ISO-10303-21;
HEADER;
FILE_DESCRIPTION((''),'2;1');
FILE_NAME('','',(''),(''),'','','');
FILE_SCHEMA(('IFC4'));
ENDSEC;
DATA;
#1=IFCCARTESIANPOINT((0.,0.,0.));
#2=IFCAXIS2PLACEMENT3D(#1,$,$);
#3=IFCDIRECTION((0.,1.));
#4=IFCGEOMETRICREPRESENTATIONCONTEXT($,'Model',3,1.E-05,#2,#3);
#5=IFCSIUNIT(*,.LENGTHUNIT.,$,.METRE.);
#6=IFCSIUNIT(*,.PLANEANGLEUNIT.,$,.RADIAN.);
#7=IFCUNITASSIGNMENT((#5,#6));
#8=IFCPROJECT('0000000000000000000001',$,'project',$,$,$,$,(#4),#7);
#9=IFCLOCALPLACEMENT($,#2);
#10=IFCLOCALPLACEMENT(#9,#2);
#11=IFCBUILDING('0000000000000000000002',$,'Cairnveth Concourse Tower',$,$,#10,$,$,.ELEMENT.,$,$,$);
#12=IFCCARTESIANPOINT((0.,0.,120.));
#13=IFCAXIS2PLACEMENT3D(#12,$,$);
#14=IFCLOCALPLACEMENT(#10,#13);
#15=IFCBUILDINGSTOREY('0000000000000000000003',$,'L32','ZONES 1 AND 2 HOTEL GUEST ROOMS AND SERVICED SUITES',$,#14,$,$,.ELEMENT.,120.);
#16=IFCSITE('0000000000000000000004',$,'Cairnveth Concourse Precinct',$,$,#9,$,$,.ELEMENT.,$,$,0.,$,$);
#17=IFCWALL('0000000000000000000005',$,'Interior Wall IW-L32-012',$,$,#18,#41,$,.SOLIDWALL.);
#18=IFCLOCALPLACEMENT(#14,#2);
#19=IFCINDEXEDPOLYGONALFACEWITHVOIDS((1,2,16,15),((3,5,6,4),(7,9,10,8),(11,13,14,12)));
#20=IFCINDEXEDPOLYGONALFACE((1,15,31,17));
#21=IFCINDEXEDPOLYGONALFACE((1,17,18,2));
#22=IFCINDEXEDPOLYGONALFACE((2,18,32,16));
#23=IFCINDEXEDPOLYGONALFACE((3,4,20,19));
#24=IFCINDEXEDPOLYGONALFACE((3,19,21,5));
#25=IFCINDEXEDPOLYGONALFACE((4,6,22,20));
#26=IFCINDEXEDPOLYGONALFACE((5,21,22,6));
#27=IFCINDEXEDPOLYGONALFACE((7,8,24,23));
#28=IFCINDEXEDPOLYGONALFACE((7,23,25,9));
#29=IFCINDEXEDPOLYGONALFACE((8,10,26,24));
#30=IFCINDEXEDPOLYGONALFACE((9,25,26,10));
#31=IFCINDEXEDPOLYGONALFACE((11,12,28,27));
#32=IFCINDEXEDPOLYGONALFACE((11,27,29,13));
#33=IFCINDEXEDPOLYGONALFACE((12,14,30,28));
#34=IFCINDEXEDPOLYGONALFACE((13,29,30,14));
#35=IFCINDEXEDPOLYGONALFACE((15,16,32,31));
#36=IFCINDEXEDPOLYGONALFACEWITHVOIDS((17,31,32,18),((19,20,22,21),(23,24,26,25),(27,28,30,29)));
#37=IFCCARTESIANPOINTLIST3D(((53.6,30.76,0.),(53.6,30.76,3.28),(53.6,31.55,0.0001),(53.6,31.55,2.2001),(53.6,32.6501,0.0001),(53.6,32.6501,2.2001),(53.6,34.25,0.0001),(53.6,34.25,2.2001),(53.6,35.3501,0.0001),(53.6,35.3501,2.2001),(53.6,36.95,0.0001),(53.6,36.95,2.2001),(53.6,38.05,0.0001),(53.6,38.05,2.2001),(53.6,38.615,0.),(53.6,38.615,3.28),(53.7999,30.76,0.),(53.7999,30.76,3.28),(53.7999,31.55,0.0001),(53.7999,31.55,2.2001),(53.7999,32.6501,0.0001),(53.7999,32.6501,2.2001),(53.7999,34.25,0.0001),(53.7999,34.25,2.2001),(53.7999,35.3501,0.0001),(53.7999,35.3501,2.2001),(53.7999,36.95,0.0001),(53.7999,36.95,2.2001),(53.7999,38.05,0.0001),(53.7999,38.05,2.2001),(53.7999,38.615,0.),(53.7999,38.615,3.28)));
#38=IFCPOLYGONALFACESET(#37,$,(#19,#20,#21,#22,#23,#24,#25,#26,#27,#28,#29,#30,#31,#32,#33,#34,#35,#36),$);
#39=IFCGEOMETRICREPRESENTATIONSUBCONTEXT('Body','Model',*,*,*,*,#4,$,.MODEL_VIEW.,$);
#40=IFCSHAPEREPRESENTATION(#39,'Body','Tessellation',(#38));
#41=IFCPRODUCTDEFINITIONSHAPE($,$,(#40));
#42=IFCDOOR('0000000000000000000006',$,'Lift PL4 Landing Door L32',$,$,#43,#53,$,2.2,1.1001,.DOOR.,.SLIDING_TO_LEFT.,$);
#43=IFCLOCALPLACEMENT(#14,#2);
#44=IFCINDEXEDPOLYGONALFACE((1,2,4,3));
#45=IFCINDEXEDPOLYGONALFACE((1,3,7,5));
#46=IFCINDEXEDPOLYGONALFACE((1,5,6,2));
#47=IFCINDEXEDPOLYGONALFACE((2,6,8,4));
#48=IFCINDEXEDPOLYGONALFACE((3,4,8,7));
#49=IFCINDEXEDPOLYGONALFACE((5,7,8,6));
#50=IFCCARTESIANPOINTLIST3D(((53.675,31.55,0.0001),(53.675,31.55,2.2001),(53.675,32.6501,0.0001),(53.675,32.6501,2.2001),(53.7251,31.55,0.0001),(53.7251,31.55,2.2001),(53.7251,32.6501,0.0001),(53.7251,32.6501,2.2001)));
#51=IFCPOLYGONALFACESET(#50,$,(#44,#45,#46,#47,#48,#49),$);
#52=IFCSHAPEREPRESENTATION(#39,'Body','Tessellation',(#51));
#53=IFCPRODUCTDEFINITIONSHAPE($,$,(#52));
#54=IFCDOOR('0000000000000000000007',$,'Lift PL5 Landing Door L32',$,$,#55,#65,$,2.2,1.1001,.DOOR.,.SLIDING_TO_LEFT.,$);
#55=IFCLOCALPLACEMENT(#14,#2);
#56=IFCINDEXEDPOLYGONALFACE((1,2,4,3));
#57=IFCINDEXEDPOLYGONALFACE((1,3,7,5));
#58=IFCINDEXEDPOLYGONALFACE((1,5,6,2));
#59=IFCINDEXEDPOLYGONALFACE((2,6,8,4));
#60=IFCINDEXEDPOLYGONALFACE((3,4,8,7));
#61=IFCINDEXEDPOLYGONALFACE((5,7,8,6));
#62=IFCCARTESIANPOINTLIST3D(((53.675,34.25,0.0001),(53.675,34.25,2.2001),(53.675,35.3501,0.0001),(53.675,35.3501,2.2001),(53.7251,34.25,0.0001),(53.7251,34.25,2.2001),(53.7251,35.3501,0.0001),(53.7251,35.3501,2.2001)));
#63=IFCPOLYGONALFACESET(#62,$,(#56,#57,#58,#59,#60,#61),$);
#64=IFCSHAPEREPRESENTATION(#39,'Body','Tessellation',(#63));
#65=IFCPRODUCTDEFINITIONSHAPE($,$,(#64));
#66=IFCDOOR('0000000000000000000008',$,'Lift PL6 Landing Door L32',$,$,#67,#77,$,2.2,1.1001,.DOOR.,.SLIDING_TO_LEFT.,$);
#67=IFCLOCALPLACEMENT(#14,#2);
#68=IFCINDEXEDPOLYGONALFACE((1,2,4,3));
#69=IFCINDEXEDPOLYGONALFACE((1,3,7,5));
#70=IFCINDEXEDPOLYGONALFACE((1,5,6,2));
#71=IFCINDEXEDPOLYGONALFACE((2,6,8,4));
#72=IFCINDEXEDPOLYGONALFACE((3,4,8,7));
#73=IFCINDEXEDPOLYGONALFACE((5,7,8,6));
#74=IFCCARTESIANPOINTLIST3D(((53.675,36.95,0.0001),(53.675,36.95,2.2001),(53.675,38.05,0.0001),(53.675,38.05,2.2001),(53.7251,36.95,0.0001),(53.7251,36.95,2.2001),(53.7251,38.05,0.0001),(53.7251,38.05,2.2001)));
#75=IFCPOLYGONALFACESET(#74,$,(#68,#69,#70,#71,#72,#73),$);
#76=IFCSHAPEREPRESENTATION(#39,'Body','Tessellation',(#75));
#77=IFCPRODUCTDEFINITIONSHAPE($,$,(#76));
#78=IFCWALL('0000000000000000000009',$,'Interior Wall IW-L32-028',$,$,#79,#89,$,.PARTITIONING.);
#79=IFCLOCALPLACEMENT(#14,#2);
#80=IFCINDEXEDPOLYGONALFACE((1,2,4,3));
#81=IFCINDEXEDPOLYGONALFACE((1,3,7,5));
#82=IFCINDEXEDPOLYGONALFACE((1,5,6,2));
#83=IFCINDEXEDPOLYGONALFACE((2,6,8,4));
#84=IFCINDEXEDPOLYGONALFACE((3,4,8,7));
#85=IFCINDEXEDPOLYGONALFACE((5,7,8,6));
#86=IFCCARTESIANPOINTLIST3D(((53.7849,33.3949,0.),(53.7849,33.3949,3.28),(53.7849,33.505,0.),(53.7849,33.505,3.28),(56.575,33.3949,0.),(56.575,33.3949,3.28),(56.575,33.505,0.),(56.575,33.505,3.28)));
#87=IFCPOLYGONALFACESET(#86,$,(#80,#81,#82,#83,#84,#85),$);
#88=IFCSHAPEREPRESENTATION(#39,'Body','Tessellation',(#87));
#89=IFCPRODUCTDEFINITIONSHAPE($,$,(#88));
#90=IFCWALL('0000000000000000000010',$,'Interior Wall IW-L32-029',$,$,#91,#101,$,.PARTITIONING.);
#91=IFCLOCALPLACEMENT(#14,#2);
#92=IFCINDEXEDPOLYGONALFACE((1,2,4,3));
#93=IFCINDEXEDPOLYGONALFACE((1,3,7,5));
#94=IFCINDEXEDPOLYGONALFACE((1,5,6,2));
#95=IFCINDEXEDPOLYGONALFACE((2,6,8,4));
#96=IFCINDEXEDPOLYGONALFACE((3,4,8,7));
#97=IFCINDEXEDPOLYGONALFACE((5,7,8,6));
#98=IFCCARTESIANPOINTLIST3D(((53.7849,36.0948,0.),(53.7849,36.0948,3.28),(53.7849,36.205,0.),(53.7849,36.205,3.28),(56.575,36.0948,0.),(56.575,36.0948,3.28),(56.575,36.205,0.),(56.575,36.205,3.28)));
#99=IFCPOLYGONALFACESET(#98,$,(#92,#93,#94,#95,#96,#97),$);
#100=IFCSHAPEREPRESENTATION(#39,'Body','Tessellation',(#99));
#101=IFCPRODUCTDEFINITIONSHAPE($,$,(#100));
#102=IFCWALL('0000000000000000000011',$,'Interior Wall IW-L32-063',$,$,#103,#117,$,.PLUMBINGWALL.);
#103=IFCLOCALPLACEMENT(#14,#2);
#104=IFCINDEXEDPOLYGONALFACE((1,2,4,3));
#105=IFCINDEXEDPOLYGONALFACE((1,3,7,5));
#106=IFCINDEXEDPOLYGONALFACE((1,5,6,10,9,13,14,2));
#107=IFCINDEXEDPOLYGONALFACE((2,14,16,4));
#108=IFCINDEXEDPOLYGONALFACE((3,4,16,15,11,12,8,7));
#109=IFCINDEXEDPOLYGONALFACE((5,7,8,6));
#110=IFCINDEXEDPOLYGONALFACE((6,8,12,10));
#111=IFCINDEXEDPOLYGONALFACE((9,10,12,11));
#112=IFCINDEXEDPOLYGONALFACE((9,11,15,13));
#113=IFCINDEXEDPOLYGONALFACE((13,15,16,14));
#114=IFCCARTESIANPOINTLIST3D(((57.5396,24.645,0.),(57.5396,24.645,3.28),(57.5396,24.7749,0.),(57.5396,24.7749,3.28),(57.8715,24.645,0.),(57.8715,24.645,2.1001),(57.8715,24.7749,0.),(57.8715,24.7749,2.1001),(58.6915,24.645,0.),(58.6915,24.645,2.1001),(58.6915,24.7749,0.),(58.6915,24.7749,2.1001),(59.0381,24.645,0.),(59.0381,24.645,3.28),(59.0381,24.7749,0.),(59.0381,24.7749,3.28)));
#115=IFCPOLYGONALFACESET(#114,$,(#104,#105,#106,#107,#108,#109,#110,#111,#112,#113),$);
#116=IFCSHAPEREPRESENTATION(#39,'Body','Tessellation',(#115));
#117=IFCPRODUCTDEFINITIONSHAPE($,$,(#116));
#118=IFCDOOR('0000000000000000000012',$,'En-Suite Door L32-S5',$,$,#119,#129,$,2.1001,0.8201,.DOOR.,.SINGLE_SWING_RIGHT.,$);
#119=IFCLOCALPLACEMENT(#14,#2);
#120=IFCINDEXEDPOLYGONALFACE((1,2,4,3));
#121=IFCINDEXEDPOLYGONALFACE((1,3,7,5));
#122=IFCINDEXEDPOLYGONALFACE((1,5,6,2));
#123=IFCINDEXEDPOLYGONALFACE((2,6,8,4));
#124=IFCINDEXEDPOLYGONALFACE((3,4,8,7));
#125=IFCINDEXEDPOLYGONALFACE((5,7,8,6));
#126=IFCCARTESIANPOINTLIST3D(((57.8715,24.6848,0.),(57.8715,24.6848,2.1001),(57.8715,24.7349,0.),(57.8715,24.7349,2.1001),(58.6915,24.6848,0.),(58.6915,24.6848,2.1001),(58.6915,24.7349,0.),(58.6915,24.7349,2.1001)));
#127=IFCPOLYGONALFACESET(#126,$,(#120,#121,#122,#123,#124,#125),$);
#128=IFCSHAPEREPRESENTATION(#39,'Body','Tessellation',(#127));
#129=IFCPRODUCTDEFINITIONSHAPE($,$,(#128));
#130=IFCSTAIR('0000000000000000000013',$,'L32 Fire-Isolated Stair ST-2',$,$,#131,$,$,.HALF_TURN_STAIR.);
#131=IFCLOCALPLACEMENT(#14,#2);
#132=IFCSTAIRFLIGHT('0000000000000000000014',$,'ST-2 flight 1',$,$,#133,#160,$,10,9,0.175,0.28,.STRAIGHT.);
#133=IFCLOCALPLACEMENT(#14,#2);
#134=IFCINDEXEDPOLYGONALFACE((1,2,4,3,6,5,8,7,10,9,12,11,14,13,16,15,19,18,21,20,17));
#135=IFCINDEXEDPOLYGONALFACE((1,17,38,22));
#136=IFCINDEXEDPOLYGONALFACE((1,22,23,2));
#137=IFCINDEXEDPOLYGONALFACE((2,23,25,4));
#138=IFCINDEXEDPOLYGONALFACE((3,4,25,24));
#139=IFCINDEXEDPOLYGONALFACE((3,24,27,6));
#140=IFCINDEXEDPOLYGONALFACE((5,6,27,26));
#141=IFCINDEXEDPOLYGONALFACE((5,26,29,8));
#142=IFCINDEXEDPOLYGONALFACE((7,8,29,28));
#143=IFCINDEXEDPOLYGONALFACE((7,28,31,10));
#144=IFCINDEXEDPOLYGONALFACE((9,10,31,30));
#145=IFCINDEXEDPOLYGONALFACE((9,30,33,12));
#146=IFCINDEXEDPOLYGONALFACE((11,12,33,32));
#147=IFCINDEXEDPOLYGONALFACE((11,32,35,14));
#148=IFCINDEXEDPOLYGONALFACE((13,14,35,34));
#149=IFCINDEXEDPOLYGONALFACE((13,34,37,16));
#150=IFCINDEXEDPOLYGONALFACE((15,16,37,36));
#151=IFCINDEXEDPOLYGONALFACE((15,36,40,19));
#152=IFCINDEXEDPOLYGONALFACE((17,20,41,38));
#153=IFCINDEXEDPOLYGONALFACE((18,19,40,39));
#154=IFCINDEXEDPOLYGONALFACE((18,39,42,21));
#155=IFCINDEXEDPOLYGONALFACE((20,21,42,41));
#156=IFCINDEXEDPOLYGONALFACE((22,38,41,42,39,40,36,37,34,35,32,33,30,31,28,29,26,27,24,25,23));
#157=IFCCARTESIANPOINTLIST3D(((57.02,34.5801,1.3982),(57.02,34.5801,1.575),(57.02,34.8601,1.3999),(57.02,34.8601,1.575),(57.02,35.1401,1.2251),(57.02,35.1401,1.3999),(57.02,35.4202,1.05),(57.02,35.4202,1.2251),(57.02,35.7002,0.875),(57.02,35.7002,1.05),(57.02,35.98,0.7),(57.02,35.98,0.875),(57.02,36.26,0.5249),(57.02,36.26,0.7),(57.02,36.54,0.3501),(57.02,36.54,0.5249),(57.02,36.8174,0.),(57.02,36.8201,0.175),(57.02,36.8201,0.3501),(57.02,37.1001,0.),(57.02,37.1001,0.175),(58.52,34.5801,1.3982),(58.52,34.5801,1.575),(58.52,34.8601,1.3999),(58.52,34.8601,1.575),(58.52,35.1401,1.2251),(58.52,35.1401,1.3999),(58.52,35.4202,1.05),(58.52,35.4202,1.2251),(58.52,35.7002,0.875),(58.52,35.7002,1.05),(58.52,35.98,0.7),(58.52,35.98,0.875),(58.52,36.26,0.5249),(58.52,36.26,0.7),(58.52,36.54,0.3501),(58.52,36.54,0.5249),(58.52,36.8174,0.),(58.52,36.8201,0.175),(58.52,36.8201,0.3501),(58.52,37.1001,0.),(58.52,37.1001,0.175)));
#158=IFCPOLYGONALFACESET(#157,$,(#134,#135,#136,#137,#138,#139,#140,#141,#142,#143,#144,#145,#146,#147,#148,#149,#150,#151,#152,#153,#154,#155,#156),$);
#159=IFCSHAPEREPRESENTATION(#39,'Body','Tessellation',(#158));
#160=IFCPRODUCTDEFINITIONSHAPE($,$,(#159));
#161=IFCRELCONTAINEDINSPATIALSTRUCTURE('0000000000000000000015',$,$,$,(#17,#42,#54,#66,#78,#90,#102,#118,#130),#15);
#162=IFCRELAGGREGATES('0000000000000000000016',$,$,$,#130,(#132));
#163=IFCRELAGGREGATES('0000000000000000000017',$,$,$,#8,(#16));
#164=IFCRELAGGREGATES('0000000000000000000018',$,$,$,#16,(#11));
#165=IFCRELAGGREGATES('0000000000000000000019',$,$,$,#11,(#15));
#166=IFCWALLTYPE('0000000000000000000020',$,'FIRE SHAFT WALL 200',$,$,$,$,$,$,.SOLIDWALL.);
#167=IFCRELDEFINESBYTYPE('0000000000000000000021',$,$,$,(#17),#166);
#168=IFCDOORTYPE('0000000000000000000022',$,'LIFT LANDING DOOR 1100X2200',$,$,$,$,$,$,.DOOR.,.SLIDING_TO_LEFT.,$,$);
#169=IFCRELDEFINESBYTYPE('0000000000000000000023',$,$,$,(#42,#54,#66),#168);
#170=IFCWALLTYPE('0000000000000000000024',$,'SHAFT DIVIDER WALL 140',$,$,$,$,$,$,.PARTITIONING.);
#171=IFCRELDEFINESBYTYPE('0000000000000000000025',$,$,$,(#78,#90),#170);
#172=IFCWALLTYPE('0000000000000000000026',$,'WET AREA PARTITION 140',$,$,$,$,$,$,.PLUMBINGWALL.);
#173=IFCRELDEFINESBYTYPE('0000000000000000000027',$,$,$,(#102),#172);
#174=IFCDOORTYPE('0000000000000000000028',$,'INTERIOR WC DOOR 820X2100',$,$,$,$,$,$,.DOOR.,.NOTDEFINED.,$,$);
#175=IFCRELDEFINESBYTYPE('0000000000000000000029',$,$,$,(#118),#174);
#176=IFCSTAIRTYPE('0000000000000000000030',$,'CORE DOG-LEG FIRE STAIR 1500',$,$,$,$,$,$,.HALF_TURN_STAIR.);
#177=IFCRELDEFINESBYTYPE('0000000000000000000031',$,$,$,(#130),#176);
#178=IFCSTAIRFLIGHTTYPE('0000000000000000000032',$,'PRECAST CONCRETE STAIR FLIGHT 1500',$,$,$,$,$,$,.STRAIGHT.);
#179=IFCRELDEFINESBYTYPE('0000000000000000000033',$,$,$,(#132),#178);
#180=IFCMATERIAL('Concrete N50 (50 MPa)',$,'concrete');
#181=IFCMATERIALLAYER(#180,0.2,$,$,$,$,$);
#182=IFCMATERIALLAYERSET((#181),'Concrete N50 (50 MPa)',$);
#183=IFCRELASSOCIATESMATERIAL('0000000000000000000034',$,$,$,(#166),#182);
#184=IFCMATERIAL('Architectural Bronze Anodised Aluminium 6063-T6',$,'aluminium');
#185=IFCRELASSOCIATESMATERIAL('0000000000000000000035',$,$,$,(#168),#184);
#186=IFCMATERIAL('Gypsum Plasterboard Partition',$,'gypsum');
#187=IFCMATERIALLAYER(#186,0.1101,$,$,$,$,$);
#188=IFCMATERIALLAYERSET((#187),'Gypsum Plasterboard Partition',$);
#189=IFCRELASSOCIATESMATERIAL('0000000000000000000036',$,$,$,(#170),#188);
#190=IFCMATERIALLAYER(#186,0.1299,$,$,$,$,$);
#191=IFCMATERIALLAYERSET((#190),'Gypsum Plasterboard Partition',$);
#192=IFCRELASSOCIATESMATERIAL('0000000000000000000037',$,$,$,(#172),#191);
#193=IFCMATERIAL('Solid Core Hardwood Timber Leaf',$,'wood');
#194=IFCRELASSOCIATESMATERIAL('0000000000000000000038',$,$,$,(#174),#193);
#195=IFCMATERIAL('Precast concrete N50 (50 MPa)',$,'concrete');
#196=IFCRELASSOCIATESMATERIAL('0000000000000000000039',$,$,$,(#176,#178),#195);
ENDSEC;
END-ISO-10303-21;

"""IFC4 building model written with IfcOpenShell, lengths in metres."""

from ifc_helpers import new_model, si_unit, direction, frame, frame_2d, origin, place, context, subcontext, project, spatial, polyline, rectangle, outline, extrude, material, layer, layer_set, type_object, element, fill, aggregate, save


model = new_model("IFC4")

# Units and contexts
model_context = context("Model", 3, precision=1e-05, world=origin(), true_north=direction((0.0, 1.0)))
body_context = subcontext(model_context, "Body", "Model", "MODEL_VIEW")
ifc_project = project(units=[si_unit("LENGTHUNIT", "METRE"), si_unit("PLANEANGLEUNIT", "RADIAN")], contexts=[model_context])

# Site, building, storey
site_placement = place(None, origin())
site = spatial("IfcSite", under=ifc_project, at=site_placement, Name="Cairnveth Concourse Precinct", CompositionType="ELEMENT", RefElevation=0.0)
building_placement = place(site_placement, origin())
building = spatial("IfcBuilding", under=site, at=building_placement, Name="Cairnveth Concourse Tower", CompositionType="ELEMENT")
storey_placement = place(building_placement, frame((0.0, 0.0, 120.0)))
storey = spatial("IfcBuildingStorey", under=building, at=storey_placement, Name="L32", Description="ZONES 1 AND 2 HOTEL GUEST ROOMS AND SERVICED SUITES", CompositionType="ELEMENT", Elevation=120.0)

# Shared definitions
ifc_material_1 = material(Name="Gypsum Plasterboard Partition", Category="gypsum")

# Shared definitions
ifc_material_2 = material(Name="Concrete N50 (50 MPa)", Category="concrete")

# Shared definitions
ifc_layer_1 = layer(ifc_material_2, 0.2)
ifc_layer_set_1 = layer_set([ifc_layer_1], Name="Concrete N50 (50 MPa)")
wall_type_1 = type_object("IfcWallType", Name="FIRE SHAFT WALL 200", PredefinedType="SOLIDWALL", material=ifc_layer_set_1)

# Wall, openings, doors
wall_1_placement = place(storey_placement, frame((53.7, 30.76, 0.0), z_axis=(0.0, 0.0, 1.0), x_axis=(0.0, 1.0, 0.0)))
wall_1 = element("IfcWall", 1, at=wall_1_placement, inside=storey, type_object=wall_type_1, Name="Interior Wall IW-L32-012", PredefinedType="SOLIDWALL", context=body_context, shape_type="SweptSolid", body=[
    extrude(rectangle(XDim=7.855, YDim=0.2, at=frame_2d((3.9275, 0.0))), origin(), (0.0, 0.0, 1.0), 3.28),
])
opening_1_placement = place(wall_1_placement, frame((0.79, 0.0, 0.0)))
opening_1 = element("IfcOpeningElement", 2, at=opening_1_placement, cuts=wall_1, PredefinedType="OPENING", context=body_context, shape_type="SweptSolid", body=[
    extrude(rectangle(XDim=1.1001, YDim=2.2, at=frame_2d((0.55, 1.1001))), frame((0.0, 0.1099, 0.0), z_axis=(0.0, -1.0, 0.0), x_axis=(1.0, 0.0, 0.0)), (0.0, 0.0, 1.0), 0.22),
])
opening_2_placement = place(wall_1_placement, frame((3.49, 0.0, 0.0)))
opening_2 = element("IfcOpeningElement", 3, at=opening_2_placement, cuts=wall_1, PredefinedType="OPENING", context=body_context, shape_type="SweptSolid", body=[
    extrude(rectangle(XDim=1.1001, YDim=2.2, at=frame_2d((0.55, 1.1001))), frame((0.0, 0.1099, 0.0), z_axis=(0.0, -1.0, 0.0), x_axis=(1.0, 0.0, 0.0)), (0.0, 0.0, 1.0), 0.22),
])
opening_3_placement = place(wall_1_placement, frame((6.1899, 0.0, 0.0)))
opening_3 = element("IfcOpeningElement", 4, at=opening_3_placement, cuts=wall_1, PredefinedType="OPENING", context=body_context, shape_type="SweptSolid", body=[
    extrude(rectangle(XDim=1.1001, YDim=2.2, at=frame_2d((0.55, 1.1001))), frame((0.0, 0.1099, 0.0), z_axis=(0.0, -1.0, 0.0), x_axis=(1.0, 0.0, 0.0)), (0.0, 0.0, 1.0), 0.22),
])
ifc_material_3 = material(Name="Architectural Bronze Anodised Aluminium 6063-T6", Category="aluminium")
door_type_1 = type_object("IfcDoorType", Name="LIFT LANDING DOOR 1100X2200", OperationType="SLIDING_TO_LEFT", PredefinedType="DOOR", material=ifc_material_3)
door_1_placement = place(opening_1_placement, origin())
door_1 = element("IfcDoor", 5, at=door_1_placement, inside=storey, type_object=door_type_1, Name="Lift PL4 Landing Door L32", OperationType="SLIDING_TO_LEFT", OverallHeight=2.2, OverallWidth=1.1001, PredefinedType="DOOR", context=body_context, shape_type="SweptSolid", body=[
    extrude(rectangle(XDim=1.1001, YDim=2.2, at=frame_2d((0.55, 1.1001))), frame((0.0, 0.0249, 0.0), z_axis=(0.0, -1.0, 0.0), x_axis=(1.0, 0.0, 0.0)), (0.0, 0.0, 1.0), 0.05),
])
fill(opening_1, door_1)
door_2_placement = place(opening_2_placement, origin())
door_2 = element("IfcDoor", 6, at=door_2_placement, inside=storey, type_object=door_type_1, Name="Lift PL5 Landing Door L32", OperationType="SLIDING_TO_LEFT", OverallHeight=2.2, OverallWidth=1.1001, PredefinedType="DOOR", context=body_context, shape_type="SweptSolid", body=[
    extrude(rectangle(XDim=1.1001, YDim=2.2, at=frame_2d((0.55, 1.1001))), frame((0.0, 0.0249, 0.0), z_axis=(0.0, -1.0, 0.0), x_axis=(1.0, 0.0, 0.0)), (0.0, 0.0, 1.0), 0.05),
])
fill(opening_2, door_2)
door_3_placement = place(opening_3_placement, origin())
door_3 = element("IfcDoor", 7, at=door_3_placement, inside=storey, type_object=door_type_1, Name="Lift PL6 Landing Door L32", OperationType="SLIDING_TO_LEFT", OverallHeight=2.2, OverallWidth=1.1001, PredefinedType="DOOR", context=body_context, shape_type="SweptSolid", body=[
    extrude(rectangle(XDim=1.1001, YDim=2.2, at=frame_2d((0.55, 1.1001))), frame((0.0, 0.0249, 0.0), z_axis=(0.0, -1.0, 0.0), x_axis=(1.0, 0.0, 0.0)), (0.0, 0.0, 1.0), 0.05),
])
fill(opening_3, door_3)

# Walls
ifc_layer_2 = layer(ifc_material_1, 0.1101)
ifc_layer_set_2 = layer_set([ifc_layer_2], Name="Gypsum Plasterboard Partition")
wall_type_2 = type_object("IfcWallType", Name="SHAFT DIVIDER WALL 140", PredefinedType="PARTITIONING", material=ifc_layer_set_2)
for number, where, z_axis, x_axis, name in (
    (8, (53.7849, 33.45, 0.0), (0.0, 0.0, 1.0), (1.0, 0.0, 0.0), "Interior Wall IW-L32-028"),
    (9, (53.7849, 36.1499, 0.0), (0.0, 0.0, 1.0), (1.0, 0.0, 0.0), "Interior Wall IW-L32-029"),
):
    element("IfcWall", number, at=place(storey_placement, frame(where, z_axis=z_axis, x_axis=x_axis)), inside=storey, type_object=wall_type_2, Name=name, PredefinedType="PARTITIONING", context=body_context, shape_type="SweptSolid", body=[
        extrude(rectangle(XDim=2.79, YDim=0.1101, at=frame_2d((1.395, 0.0))), origin(), (0.0, 0.0, 1.0), 3.28),
    ])

# Wall, opening, door
ifc_layer_3 = layer(ifc_material_1, 0.1299)
ifc_layer_set_3 = layer_set([ifc_layer_3], Name="Gypsum Plasterboard Partition")
wall_type_3 = type_object("IfcWallType", Name="WET AREA PARTITION 140", PredefinedType="PLUMBINGWALL", material=ifc_layer_set_3)
wall_2_placement = place(storey_placement, frame((57.5396, 24.71, 0.0), z_axis=(0.0, 0.0, 1.0), x_axis=(1.0, 0.0, 0.0)))
wall_2 = element("IfcWall", 10, at=wall_2_placement, inside=storey, type_object=wall_type_3, Name="Interior Wall IW-L32-063", PredefinedType="PLUMBINGWALL", context=body_context, shape_type="SweptSolid", body=[
    extrude(rectangle(XDim=1.4985, YDim=0.1299, at=frame_2d((0.7493, 0.0))), origin(), (0.0, 0.0, 1.0), 3.28),
])
opening_4_placement = place(wall_2_placement, frame((0.3318, 0.0, 0.0)))
opening_4 = element("IfcOpeningElement", 11, at=opening_4_placement, cuts=wall_2, PredefinedType="OPENING", context=body_context, shape_type="SweptSolid", body=[
    extrude(rectangle(XDim=0.8201, YDim=2.1001, at=frame_2d((0.4102, 1.05))), frame((0.0, 0.075, 0.0), z_axis=(0.0, -1.0, 0.0), x_axis=(1.0, 0.0, 0.0)), (0.0, 0.0, 1.0), 0.1499),
])
ifc_material_4 = material(Name="Solid Core Hardwood Timber Leaf", Category="wood")
door_type_2 = type_object("IfcDoorType", Name="INTERIOR WC DOOR 820X2100", OperationType="NOTDEFINED", PredefinedType="DOOR", material=ifc_material_4)
door_4_placement = place(opening_4_placement, origin())
door_4 = element("IfcDoor", 12, at=door_4_placement, inside=storey, type_object=door_type_2, Name="En-Suite Door L32-S5", OperationType="SINGLE_SWING_RIGHT", OverallHeight=2.1001, OverallWidth=0.8201, PredefinedType="DOOR", context=body_context, shape_type="SweptSolid", body=[
    extrude(rectangle(XDim=0.8201, YDim=2.1001, at=frame_2d((0.4102, 1.05))), frame((0.0, 0.0249, 0.0), z_axis=(0.0, -1.0, 0.0), x_axis=(1.0, 0.0, 0.0)), (0.0, 0.0, 1.0), 0.05),
])
fill(opening_4, door_4)

# Stair, stair flight
ifc_material_5 = material(Name="Precast concrete N50 (50 MPa)", Category="concrete")
stair_type = type_object("IfcStairType", Name="CORE DOG-LEG FIRE STAIR 1500", PredefinedType="HALF_TURN_STAIR", material=ifc_material_5)
stair_placement = place(storey_placement, origin())
stair = element("IfcStair", 13, at=stair_placement, inside=storey, type_object=stair_type, Name="L32 Fire-Isolated Stair ST-2", PredefinedType="HALF_TURN_STAIR")
stair_flight_type = type_object("IfcStairFlightType", Name="PRECAST CONCRETE STAIR FLIGHT 1500", PredefinedType="STRAIGHT", material=ifc_material_5)
stair_flight_1_placement = place(storey_placement, frame((57.77, 37.1001, 0.0), z_axis=(0.0, 0.0, 1.0), x_axis=(0.0, -1.0, 0.0)))
stair_flight_1 = element("IfcStairFlight", 14, at=stair_flight_1_placement, type_object=stair_flight_type, Name="ST-2 flight 1", NumberOfRisers=10, NumberOfTreads=9, PredefinedType="STRAIGHT", RiserHeight=0.175, TreadLength=0.28, context=body_context, shape_type="SweptSolid", body=[
    extrude(outline(polyline([(0.0, 0.0), (0.0, 0.175), (0.28, 0.175), (0.28, 0.3501), (0.5601, 0.3501), (0.5601, 0.5249), (0.8401, 0.5249), (0.8401, 0.7), (1.1201, 0.7), (1.1201, 0.875), (1.3999, 0.875), (1.3999, 1.05), (1.6799, 1.05), (1.6799, 1.2251), (1.96, 1.2251), (1.96, 1.3999), (2.24, 1.3999), (2.24, 1.575), (2.52, 1.575), (2.52, 1.75), (2.52, 1.3982), (0.2827, 0.0), (0.0, 0.0)])), frame((0.0, 0.75, 0.0), z_axis=(0.0, -1.0, 0.0), x_axis=(1.0, 0.0, 0.0)), (0.0, 0.0, 1.0), 1.5),
])
aggregate(stair, [stair_flight_1])

save(model, "model.ifc")
